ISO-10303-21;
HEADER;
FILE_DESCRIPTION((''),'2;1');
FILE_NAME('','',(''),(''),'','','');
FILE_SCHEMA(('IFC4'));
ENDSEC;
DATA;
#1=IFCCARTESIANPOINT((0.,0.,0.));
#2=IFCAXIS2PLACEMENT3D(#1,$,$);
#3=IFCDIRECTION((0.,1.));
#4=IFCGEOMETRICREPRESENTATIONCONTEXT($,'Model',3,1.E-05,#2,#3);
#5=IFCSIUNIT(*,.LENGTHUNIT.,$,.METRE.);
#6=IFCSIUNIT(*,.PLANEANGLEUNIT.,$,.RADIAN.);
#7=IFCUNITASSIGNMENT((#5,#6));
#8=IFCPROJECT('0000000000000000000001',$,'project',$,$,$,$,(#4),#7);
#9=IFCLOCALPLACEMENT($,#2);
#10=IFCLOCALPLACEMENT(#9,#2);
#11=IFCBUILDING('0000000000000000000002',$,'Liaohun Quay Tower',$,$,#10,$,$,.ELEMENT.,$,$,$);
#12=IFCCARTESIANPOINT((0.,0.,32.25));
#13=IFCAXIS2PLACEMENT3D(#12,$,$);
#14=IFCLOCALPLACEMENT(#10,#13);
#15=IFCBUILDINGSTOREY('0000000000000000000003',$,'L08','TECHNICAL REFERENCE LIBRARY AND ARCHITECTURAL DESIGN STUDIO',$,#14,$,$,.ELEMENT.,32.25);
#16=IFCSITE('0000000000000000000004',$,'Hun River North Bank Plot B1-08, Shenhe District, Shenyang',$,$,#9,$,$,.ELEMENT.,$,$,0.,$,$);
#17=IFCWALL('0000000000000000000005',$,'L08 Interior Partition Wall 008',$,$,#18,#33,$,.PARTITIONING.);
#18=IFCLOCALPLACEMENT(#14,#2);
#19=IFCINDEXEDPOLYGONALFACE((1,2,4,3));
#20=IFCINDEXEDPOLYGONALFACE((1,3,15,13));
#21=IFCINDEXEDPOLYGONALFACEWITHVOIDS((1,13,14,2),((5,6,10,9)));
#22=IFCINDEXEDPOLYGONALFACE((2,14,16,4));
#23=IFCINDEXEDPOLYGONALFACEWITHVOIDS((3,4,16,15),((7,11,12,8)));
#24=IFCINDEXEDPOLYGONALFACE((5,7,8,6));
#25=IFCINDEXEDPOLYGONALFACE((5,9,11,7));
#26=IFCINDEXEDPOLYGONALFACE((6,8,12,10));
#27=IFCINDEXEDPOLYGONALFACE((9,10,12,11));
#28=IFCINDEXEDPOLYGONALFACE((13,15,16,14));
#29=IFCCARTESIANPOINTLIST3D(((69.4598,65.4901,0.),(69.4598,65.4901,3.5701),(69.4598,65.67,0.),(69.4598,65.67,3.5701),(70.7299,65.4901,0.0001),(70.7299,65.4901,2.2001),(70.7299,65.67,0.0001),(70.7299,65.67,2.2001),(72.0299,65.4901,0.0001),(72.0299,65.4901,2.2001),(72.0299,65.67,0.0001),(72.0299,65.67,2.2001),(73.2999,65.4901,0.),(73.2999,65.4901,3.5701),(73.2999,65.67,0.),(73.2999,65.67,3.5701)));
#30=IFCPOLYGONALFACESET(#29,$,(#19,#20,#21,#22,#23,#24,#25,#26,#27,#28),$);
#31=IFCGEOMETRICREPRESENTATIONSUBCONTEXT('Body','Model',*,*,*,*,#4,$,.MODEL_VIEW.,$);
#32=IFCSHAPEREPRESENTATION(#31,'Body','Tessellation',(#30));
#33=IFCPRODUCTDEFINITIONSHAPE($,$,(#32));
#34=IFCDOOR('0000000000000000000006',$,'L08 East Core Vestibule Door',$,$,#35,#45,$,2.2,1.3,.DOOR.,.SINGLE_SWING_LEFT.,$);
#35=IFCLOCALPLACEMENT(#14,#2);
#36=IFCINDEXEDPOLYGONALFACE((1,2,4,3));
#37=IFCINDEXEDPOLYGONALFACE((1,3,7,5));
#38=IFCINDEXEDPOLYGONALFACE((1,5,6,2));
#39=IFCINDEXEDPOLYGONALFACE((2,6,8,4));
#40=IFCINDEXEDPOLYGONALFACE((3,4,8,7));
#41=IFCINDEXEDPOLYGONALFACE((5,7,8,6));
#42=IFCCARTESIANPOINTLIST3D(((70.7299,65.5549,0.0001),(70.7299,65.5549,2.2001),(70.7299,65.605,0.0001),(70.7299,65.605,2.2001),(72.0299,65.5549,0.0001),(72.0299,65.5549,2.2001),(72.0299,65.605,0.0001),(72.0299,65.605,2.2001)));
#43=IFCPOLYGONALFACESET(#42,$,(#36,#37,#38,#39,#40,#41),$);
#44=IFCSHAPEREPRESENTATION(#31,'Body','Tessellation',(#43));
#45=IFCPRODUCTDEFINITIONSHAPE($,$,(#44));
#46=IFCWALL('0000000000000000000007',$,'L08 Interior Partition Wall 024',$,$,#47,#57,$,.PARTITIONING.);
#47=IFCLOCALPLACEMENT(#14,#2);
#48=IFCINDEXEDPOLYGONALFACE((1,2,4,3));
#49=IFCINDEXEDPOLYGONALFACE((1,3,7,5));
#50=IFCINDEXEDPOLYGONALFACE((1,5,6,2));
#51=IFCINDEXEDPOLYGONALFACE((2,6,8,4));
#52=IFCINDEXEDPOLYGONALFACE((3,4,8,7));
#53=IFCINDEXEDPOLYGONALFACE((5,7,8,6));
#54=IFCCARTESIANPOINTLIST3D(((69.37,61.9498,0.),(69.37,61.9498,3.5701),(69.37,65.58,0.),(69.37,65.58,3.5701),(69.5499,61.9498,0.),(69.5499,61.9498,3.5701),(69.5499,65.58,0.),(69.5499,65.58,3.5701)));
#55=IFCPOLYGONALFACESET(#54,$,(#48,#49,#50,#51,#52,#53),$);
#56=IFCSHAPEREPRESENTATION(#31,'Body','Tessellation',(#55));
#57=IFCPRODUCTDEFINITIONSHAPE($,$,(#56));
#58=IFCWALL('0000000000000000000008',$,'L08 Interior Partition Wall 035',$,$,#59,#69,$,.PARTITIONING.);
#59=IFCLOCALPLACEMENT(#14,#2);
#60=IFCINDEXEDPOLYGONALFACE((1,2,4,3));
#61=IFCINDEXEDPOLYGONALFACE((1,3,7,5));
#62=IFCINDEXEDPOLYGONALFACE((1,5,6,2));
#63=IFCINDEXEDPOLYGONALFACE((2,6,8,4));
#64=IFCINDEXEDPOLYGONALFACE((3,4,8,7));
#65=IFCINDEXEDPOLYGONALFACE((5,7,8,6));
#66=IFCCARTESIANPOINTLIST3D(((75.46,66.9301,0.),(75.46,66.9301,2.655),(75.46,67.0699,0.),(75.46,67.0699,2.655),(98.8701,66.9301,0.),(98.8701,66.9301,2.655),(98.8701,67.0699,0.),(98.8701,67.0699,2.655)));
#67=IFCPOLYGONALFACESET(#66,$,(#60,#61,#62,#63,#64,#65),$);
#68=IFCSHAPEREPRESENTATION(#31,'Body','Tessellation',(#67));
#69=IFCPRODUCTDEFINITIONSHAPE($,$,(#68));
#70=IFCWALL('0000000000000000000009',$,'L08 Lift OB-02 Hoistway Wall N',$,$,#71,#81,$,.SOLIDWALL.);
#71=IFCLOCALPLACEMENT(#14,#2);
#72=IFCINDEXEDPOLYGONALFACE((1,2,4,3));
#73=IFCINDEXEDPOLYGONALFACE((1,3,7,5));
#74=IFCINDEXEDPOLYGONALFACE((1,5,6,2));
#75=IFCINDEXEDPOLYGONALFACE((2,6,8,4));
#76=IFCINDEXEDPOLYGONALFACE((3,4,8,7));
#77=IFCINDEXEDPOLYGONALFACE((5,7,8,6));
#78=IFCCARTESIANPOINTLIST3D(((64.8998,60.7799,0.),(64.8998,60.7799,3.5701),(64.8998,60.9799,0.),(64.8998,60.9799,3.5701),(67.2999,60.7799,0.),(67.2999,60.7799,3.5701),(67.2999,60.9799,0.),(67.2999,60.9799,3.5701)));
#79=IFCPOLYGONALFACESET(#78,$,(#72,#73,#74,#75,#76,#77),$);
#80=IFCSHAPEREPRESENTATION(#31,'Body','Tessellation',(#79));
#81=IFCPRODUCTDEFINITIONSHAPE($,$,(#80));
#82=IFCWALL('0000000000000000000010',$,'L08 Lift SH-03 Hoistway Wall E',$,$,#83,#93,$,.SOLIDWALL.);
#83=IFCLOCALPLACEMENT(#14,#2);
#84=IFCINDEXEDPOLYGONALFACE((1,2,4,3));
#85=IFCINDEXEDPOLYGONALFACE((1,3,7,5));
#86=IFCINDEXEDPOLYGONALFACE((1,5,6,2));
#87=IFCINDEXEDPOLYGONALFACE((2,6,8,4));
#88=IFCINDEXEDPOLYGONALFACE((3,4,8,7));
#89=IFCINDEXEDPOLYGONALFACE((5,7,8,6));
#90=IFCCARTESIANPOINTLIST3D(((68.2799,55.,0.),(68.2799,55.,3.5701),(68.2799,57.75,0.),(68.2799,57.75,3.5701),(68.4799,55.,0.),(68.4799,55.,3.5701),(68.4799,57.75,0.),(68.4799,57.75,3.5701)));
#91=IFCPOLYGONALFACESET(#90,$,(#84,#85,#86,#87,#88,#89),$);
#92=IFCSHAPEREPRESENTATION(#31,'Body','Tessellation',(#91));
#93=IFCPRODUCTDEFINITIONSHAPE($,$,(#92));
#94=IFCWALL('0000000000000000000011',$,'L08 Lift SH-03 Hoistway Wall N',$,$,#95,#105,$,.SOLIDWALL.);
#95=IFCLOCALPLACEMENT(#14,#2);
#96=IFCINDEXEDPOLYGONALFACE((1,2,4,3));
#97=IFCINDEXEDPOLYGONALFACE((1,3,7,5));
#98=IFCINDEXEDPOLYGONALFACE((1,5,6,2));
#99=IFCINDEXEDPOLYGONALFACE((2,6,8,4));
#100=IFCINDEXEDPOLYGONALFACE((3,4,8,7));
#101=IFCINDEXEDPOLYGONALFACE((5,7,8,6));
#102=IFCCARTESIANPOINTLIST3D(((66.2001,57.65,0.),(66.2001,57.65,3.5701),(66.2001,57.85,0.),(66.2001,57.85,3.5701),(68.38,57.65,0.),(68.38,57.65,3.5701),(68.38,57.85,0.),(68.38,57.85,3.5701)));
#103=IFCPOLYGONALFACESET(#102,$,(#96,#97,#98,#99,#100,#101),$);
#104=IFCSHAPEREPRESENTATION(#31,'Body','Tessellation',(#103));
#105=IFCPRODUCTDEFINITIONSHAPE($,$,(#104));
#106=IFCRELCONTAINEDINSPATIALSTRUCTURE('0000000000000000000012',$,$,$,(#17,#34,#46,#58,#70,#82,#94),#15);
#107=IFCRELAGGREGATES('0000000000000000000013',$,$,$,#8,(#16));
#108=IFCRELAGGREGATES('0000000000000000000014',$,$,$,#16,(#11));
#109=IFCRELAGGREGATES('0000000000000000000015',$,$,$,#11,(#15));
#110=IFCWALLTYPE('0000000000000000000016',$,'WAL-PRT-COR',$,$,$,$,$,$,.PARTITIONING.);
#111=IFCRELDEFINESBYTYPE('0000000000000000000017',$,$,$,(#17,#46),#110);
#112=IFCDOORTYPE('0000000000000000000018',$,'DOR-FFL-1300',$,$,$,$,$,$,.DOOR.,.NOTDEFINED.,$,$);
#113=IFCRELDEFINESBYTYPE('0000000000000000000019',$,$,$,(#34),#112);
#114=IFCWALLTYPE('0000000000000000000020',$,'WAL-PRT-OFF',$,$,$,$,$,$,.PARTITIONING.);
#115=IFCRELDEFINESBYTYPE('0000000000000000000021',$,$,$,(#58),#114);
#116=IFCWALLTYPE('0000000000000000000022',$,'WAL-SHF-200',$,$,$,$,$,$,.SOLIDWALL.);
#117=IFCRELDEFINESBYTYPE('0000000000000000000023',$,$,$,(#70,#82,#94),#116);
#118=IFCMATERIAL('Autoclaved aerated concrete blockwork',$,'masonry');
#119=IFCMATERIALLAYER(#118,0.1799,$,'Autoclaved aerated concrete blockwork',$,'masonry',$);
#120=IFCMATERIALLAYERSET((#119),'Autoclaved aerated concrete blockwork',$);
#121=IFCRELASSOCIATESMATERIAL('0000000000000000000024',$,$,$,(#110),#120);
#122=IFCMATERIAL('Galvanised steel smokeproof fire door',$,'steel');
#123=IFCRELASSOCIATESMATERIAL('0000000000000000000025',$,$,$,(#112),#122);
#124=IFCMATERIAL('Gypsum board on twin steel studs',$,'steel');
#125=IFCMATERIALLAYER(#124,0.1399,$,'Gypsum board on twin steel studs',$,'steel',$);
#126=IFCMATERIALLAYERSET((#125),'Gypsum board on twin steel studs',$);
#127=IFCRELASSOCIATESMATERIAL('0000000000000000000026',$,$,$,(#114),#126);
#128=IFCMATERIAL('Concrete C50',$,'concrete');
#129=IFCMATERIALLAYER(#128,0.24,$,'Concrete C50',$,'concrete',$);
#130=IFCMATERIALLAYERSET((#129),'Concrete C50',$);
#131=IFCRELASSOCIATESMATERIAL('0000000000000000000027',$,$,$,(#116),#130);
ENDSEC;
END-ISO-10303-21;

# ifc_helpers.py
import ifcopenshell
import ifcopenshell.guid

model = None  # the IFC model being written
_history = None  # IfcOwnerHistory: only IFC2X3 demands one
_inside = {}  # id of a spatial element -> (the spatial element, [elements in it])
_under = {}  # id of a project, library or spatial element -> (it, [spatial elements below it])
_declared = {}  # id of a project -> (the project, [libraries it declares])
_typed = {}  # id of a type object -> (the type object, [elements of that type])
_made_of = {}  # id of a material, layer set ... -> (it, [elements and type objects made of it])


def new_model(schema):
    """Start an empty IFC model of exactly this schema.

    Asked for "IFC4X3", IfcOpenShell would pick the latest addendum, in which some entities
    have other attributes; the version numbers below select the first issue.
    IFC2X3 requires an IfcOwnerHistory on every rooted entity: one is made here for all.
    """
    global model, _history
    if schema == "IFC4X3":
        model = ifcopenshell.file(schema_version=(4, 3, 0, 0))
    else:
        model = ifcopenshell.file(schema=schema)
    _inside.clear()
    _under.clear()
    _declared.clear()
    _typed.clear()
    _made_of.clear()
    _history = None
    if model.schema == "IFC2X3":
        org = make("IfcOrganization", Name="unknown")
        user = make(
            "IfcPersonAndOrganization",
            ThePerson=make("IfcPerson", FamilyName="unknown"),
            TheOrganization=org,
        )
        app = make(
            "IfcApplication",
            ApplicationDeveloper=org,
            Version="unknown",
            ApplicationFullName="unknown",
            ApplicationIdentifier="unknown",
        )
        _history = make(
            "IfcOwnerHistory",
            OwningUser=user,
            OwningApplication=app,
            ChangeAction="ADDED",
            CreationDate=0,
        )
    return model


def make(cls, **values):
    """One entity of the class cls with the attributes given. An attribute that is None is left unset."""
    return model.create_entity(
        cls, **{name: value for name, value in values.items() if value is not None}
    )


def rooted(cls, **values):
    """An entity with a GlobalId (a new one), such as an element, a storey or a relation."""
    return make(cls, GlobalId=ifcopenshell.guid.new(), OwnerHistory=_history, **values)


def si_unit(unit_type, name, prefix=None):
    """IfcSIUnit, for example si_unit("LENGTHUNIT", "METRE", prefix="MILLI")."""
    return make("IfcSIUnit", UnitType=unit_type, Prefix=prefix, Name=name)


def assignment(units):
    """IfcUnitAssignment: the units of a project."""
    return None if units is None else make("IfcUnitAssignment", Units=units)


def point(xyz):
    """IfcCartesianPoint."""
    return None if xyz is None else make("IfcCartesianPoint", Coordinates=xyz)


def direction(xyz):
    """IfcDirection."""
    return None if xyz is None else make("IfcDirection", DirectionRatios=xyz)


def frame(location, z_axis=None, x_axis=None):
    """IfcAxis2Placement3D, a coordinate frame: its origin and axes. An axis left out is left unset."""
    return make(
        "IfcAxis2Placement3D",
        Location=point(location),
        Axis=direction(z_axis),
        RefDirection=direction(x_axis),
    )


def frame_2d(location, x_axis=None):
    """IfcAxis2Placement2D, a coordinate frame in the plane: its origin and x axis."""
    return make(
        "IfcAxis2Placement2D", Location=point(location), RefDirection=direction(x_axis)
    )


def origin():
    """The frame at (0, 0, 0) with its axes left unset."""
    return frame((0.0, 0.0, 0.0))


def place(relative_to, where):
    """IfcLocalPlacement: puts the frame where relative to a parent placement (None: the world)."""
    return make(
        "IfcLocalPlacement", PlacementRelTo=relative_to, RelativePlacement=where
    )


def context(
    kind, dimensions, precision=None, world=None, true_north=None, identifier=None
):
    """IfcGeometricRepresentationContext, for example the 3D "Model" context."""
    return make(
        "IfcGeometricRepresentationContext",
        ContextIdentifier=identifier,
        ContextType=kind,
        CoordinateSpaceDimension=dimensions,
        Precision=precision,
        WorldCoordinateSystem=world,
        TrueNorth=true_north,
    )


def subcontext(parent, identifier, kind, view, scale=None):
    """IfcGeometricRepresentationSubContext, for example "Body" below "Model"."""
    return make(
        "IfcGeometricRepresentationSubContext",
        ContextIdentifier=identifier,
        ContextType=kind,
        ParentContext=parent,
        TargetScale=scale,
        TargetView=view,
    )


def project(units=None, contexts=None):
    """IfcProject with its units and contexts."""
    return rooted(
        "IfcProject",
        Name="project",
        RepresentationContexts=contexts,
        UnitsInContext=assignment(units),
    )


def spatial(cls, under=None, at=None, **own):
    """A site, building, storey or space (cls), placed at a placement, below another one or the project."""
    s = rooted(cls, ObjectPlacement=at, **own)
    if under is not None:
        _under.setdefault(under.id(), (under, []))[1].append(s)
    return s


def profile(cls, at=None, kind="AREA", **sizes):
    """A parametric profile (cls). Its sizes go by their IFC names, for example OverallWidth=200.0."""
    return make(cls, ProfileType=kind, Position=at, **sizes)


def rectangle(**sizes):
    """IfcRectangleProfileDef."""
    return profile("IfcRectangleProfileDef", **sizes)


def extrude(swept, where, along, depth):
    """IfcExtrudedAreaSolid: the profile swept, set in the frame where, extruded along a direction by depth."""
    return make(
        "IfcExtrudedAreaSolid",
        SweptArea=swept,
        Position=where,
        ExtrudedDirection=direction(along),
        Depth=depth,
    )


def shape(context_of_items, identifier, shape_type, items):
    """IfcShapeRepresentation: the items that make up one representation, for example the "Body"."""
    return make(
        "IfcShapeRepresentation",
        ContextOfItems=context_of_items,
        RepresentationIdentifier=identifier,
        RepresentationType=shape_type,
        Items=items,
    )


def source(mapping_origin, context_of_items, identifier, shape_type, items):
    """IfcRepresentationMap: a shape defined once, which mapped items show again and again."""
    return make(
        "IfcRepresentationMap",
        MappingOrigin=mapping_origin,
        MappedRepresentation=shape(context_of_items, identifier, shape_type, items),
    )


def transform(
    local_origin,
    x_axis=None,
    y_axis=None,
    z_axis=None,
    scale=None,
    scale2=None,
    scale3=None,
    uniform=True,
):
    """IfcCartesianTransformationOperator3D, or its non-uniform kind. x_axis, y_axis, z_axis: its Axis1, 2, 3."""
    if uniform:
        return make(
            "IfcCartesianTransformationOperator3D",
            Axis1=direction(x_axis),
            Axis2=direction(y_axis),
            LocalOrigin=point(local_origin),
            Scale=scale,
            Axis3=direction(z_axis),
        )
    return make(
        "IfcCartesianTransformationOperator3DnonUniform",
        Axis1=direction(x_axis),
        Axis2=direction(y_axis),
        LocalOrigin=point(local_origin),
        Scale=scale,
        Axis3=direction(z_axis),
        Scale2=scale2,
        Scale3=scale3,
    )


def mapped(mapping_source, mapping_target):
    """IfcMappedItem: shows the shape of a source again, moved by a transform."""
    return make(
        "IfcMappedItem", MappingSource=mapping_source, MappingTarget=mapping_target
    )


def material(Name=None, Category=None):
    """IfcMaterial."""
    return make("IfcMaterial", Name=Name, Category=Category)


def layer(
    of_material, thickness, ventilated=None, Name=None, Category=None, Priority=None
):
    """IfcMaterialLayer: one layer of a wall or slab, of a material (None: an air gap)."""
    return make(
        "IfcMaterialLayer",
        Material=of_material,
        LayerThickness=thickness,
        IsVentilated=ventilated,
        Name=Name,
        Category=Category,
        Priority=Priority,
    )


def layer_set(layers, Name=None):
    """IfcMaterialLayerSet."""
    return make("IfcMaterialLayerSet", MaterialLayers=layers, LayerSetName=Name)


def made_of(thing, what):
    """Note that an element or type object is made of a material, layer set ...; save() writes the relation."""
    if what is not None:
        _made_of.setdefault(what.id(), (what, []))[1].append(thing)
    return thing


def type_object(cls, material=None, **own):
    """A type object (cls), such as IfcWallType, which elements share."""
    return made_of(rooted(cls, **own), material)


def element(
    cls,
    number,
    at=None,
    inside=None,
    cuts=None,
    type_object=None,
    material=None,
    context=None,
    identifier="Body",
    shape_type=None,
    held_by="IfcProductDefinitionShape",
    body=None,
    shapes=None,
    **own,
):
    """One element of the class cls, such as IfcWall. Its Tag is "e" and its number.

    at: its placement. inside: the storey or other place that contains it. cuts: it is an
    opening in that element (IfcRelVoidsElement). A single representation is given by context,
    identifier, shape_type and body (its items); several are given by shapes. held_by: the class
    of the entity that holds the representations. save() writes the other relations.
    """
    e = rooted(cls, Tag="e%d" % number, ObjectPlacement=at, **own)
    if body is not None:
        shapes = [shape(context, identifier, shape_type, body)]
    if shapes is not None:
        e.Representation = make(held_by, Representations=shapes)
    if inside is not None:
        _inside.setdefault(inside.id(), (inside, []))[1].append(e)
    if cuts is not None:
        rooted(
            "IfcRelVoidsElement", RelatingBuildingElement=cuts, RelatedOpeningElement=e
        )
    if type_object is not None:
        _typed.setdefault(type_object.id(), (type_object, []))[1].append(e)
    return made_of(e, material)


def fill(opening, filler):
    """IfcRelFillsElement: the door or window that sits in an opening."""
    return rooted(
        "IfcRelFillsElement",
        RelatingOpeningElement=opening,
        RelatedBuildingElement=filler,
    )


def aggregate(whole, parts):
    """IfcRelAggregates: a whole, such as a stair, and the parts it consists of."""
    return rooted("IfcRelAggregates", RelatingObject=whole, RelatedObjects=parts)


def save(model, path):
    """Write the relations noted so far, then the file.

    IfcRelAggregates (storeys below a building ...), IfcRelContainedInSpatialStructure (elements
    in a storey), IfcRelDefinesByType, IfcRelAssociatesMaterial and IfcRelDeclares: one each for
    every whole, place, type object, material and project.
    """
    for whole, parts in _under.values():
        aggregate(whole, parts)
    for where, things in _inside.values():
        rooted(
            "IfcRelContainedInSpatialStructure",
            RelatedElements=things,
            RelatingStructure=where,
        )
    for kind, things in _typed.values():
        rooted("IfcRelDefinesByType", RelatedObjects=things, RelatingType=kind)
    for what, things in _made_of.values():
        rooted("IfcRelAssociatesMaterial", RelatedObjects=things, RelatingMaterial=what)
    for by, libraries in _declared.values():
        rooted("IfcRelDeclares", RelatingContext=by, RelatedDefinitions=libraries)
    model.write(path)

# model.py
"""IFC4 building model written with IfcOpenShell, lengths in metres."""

from ifc_helpers import new_model, si_unit, direction, frame, frame_2d, origin, place, context, subcontext, project, spatial, rectangle, extrude, source, transform, mapped, material, layer, layer_set, type_object, element, fill, save


model = new_model("IFC4")

# Units and contexts
model_context = context("Model", 3, precision=1e-05, world=origin(), true_north=direction((0.0, 1.0)))
body_context = subcontext(model_context, "Body", "Model", "MODEL_VIEW")
ifc_project = project(units=[si_unit("LENGTHUNIT", "METRE"), si_unit("PLANEANGLEUNIT", "RADIAN")], contexts=[model_context])

# Site, building, storey
site_placement = place(None, origin())
site = spatial("IfcSite", under=ifc_project, at=site_placement, Name="Hun River North Bank Plot B1-08, Shenhe District, Shenyang", CompositionType="ELEMENT", RefElevation=0.0)
building_placement = place(site_placement, origin())
building = spatial("IfcBuilding", under=site, at=building_placement, Name="Liaohun Quay Tower", CompositionType="ELEMENT")
storey_placement = place(building_placement, frame((0.0, 0.0, 32.25)))
storey = spatial("IfcBuildingStorey", under=building, at=storey_placement, Name="L08", Description="TECHNICAL REFERENCE LIBRARY AND ARCHITECTURAL DESIGN STUDIO", CompositionType="ELEMENT", Elevation=32.25)

# Wall, opening, door
ifc_material_1 = material(Name="Autoclaved aerated concrete blockwork", Category="masonry")
ifc_layer_1 = layer(ifc_material_1, 0.1799, Name="Autoclaved aerated concrete blockwork", Category="masonry")
ifc_layer_set_1 = layer_set([ifc_layer_1], Name="Autoclaved aerated concrete blockwork")
wall_type_1 = type_object("IfcWallType", Name="WAL-PRT-COR", PredefinedType="PARTITIONING", material=ifc_layer_set_1)
wall_1_placement = place(storey_placement, frame((69.46, 65.5801, 0.0), z_axis=(0.0, 0.0, 1.0), x_axis=(1.0, 0.0, 0.0)))
wall_1 = element("IfcWall", 1, at=wall_1_placement, inside=storey, type_object=wall_type_1, Name="L08 Interior Partition Wall 008", PredefinedType="PARTITIONING", context=body_context, shape_type="SweptSolid", body=[
    extrude(rectangle(XDim=3.8401, YDim=0.1799, at=frame_2d((1.9199, 0.0))), origin(), (0.0, 0.0, 1.0), 3.5701),
])
shared_shape_1 = source(origin(), body_context, "Body", "SweptSolid", [
    extrude(rectangle(XDim=1.3, YDim=2.2, at=frame_2d((0.6499, 1.1001))), frame((0.0, 0.0999, 0.0), z_axis=(0.0, -1.0, 0.0), x_axis=(1.0, 0.0, 0.0)), (0.0, 0.0, 1.0), 0.2),
])
opening_1_placement = place(wall_1_placement, frame((1.27, 0.0, 0.0)))
opening_1 = element("IfcOpeningElement", 2, at=opening_1_placement, cuts=wall_1, PredefinedType="OPENING", context=body_context, shape_type="MappedRepresentation", body=[
    mapped(shared_shape_1, transform((0.0, 0.0, 0.0), x_axis=(1.0, 0.0, 0.0), y_axis=(0.0, 1.0, 0.0), z_axis=(0.0, 0.0, 1.0), scale=1.0)),
])
ifc_material_2 = material(Name="Galvanised steel smokeproof fire door", Category="steel")
door_type_1 = type_object("IfcDoorType", Name="DOR-FFL-1300", OperationType="NOTDEFINED", PredefinedType="DOOR", material=ifc_material_2)
shared_shape_2 = source(origin(), body_context, "Body", "SweptSolid", [
    extrude(rectangle(XDim=1.3, YDim=2.2, at=frame_2d((0.6499, 1.1001))), frame((0.0, 0.0249, 0.0), z_axis=(0.0, -1.0, 0.0), x_axis=(1.0, 0.0, 0.0)), (0.0, 0.0, 1.0), 0.05),
])
door_1_placement = place(opening_1_placement, origin())
door_1 = element("IfcDoor", 3, at=door_1_placement, inside=storey, type_object=door_type_1, Name="L08 East Core Vestibule Door", OperationType="SINGLE_SWING_LEFT", OverallHeight=2.2, OverallWidth=1.3, PredefinedType="DOOR", context=body_context, shape_type="MappedRepresentation", body=[
    mapped(shared_shape_2, transform((0.0, 0.0, 0.0), x_axis=(1.0, 0.0, 0.0), y_axis=(0.0, 1.0, 0.0), z_axis=(0.0, 0.0, 1.0), scale=1.0)),
])
fill(opening_1, door_1)

# Walls
wall_2_placement = place(storey_placement, frame((69.46, 61.95, 0.0), z_axis=(0.0, 0.0, 1.0), x_axis=(0.0, 1.0, 0.0)))
element("IfcWall", 4, at=wall_2_placement, inside=storey, type_object=wall_type_1, Name="L08 Interior Partition Wall 024", PredefinedType="PARTITIONING", context=body_context, shape_type="SweptSolid", body=[
    extrude(rectangle(XDim=3.6301, YDim=0.1799, at=frame_2d((1.8149, 0.0))), origin(), (0.0, 0.0, 1.0), 3.5701),
])
ifc_material_3 = material(Name="Gypsum board on twin steel studs", Category="steel")
ifc_layer_2 = layer(ifc_material_3, 0.1399, Name="Gypsum board on twin steel studs", Category="steel")
ifc_layer_set_2 = layer_set([ifc_layer_2], Name="Gypsum board on twin steel studs")
wall_type_2 = type_object("IfcWallType", Name="WAL-PRT-OFF", PredefinedType="PARTITIONING", material=ifc_layer_set_2)
wall_3_placement = place(storey_placement, frame((75.46, 67.0, 0.0), z_axis=(0.0, 0.0, 1.0), x_axis=(1.0, 0.0, 0.0)))
element("IfcWall", 5, at=wall_3_placement, inside=storey, type_object=wall_type_2, Name="L08 Interior Partition Wall 035", PredefinedType="PARTITIONING", context=body_context, shape_type="SweptSolid", body=[
    extrude(rectangle(XDim=23.4102, YDim=0.1399, at=frame_2d((11.7051, 0.0))), origin(), (0.0, 0.0, 1.0), 2.655),
])
ifc_material_4 = material(Name="Concrete C50", Category="concrete")
ifc_layer_3 = layer(ifc_material_4, 0.24, Name="Concrete C50", Category="concrete")
ifc_layer_set_3 = layer_set([ifc_layer_3], Name="Concrete C50")
wall_type_3 = type_object("IfcWallType", Name="WAL-SHF-200", PredefinedType="SOLIDWALL", material=ifc_layer_set_3)
wall_4_placement = place(storey_placement, frame((67.3, 60.8799, 0.0), z_axis=(0.0, 0.0, 1.0), x_axis=(-1.0, 0.0, 0.0)))
element("IfcWall", 6, at=wall_4_placement, inside=storey, type_object=wall_type_3, Name="L08 Lift OB-02 Hoistway Wall N", PredefinedType="SOLIDWALL", context=body_context, shape_type="SweptSolid", body=[
    extrude(rectangle(XDim=2.4001, YDim=0.2, at=frame_2d((1.2002, 0.0))), origin(), (0.0, 0.0, 1.0), 3.5701),
])
wall_5_placement = place(storey_placement, frame((68.3799, 55.0, 0.0), z_axis=(0.0, 0.0, 1.0), x_axis=(0.0, 1.0, 0.0)))
element("IfcWall", 7, at=wall_5_placement, inside=storey, type_object=wall_type_3, Name="L08 Lift SH-03 Hoistway Wall E", PredefinedType="SOLIDWALL", context=body_context, shape_type="SweptSolid", body=[
    extrude(rectangle(XDim=2.75, YDim=0.2, at=frame_2d((1.375, 0.0))), origin(), (0.0, 0.0, 1.0), 3.5701),
])
wall_6_placement = place(storey_placement, frame((68.3799, 57.75, 0.0), z_axis=(0.0, 0.0, 1.0), x_axis=(-1.0, 0.0, 0.0)))
element("IfcWall", 8, at=wall_6_placement, inside=storey, type_object=wall_type_3, Name="L08 Lift SH-03 Hoistway Wall N", PredefinedType="SOLIDWALL", context=body_context, shape_type="SweptSolid", body=[
    extrude(rectangle(XDim=2.1799, YDim=0.2, at=frame_2d((1.0898, 0.0))), origin(), (0.0, 0.0, 1.0), 3.5701),
])

save(model, "model.ifc")
